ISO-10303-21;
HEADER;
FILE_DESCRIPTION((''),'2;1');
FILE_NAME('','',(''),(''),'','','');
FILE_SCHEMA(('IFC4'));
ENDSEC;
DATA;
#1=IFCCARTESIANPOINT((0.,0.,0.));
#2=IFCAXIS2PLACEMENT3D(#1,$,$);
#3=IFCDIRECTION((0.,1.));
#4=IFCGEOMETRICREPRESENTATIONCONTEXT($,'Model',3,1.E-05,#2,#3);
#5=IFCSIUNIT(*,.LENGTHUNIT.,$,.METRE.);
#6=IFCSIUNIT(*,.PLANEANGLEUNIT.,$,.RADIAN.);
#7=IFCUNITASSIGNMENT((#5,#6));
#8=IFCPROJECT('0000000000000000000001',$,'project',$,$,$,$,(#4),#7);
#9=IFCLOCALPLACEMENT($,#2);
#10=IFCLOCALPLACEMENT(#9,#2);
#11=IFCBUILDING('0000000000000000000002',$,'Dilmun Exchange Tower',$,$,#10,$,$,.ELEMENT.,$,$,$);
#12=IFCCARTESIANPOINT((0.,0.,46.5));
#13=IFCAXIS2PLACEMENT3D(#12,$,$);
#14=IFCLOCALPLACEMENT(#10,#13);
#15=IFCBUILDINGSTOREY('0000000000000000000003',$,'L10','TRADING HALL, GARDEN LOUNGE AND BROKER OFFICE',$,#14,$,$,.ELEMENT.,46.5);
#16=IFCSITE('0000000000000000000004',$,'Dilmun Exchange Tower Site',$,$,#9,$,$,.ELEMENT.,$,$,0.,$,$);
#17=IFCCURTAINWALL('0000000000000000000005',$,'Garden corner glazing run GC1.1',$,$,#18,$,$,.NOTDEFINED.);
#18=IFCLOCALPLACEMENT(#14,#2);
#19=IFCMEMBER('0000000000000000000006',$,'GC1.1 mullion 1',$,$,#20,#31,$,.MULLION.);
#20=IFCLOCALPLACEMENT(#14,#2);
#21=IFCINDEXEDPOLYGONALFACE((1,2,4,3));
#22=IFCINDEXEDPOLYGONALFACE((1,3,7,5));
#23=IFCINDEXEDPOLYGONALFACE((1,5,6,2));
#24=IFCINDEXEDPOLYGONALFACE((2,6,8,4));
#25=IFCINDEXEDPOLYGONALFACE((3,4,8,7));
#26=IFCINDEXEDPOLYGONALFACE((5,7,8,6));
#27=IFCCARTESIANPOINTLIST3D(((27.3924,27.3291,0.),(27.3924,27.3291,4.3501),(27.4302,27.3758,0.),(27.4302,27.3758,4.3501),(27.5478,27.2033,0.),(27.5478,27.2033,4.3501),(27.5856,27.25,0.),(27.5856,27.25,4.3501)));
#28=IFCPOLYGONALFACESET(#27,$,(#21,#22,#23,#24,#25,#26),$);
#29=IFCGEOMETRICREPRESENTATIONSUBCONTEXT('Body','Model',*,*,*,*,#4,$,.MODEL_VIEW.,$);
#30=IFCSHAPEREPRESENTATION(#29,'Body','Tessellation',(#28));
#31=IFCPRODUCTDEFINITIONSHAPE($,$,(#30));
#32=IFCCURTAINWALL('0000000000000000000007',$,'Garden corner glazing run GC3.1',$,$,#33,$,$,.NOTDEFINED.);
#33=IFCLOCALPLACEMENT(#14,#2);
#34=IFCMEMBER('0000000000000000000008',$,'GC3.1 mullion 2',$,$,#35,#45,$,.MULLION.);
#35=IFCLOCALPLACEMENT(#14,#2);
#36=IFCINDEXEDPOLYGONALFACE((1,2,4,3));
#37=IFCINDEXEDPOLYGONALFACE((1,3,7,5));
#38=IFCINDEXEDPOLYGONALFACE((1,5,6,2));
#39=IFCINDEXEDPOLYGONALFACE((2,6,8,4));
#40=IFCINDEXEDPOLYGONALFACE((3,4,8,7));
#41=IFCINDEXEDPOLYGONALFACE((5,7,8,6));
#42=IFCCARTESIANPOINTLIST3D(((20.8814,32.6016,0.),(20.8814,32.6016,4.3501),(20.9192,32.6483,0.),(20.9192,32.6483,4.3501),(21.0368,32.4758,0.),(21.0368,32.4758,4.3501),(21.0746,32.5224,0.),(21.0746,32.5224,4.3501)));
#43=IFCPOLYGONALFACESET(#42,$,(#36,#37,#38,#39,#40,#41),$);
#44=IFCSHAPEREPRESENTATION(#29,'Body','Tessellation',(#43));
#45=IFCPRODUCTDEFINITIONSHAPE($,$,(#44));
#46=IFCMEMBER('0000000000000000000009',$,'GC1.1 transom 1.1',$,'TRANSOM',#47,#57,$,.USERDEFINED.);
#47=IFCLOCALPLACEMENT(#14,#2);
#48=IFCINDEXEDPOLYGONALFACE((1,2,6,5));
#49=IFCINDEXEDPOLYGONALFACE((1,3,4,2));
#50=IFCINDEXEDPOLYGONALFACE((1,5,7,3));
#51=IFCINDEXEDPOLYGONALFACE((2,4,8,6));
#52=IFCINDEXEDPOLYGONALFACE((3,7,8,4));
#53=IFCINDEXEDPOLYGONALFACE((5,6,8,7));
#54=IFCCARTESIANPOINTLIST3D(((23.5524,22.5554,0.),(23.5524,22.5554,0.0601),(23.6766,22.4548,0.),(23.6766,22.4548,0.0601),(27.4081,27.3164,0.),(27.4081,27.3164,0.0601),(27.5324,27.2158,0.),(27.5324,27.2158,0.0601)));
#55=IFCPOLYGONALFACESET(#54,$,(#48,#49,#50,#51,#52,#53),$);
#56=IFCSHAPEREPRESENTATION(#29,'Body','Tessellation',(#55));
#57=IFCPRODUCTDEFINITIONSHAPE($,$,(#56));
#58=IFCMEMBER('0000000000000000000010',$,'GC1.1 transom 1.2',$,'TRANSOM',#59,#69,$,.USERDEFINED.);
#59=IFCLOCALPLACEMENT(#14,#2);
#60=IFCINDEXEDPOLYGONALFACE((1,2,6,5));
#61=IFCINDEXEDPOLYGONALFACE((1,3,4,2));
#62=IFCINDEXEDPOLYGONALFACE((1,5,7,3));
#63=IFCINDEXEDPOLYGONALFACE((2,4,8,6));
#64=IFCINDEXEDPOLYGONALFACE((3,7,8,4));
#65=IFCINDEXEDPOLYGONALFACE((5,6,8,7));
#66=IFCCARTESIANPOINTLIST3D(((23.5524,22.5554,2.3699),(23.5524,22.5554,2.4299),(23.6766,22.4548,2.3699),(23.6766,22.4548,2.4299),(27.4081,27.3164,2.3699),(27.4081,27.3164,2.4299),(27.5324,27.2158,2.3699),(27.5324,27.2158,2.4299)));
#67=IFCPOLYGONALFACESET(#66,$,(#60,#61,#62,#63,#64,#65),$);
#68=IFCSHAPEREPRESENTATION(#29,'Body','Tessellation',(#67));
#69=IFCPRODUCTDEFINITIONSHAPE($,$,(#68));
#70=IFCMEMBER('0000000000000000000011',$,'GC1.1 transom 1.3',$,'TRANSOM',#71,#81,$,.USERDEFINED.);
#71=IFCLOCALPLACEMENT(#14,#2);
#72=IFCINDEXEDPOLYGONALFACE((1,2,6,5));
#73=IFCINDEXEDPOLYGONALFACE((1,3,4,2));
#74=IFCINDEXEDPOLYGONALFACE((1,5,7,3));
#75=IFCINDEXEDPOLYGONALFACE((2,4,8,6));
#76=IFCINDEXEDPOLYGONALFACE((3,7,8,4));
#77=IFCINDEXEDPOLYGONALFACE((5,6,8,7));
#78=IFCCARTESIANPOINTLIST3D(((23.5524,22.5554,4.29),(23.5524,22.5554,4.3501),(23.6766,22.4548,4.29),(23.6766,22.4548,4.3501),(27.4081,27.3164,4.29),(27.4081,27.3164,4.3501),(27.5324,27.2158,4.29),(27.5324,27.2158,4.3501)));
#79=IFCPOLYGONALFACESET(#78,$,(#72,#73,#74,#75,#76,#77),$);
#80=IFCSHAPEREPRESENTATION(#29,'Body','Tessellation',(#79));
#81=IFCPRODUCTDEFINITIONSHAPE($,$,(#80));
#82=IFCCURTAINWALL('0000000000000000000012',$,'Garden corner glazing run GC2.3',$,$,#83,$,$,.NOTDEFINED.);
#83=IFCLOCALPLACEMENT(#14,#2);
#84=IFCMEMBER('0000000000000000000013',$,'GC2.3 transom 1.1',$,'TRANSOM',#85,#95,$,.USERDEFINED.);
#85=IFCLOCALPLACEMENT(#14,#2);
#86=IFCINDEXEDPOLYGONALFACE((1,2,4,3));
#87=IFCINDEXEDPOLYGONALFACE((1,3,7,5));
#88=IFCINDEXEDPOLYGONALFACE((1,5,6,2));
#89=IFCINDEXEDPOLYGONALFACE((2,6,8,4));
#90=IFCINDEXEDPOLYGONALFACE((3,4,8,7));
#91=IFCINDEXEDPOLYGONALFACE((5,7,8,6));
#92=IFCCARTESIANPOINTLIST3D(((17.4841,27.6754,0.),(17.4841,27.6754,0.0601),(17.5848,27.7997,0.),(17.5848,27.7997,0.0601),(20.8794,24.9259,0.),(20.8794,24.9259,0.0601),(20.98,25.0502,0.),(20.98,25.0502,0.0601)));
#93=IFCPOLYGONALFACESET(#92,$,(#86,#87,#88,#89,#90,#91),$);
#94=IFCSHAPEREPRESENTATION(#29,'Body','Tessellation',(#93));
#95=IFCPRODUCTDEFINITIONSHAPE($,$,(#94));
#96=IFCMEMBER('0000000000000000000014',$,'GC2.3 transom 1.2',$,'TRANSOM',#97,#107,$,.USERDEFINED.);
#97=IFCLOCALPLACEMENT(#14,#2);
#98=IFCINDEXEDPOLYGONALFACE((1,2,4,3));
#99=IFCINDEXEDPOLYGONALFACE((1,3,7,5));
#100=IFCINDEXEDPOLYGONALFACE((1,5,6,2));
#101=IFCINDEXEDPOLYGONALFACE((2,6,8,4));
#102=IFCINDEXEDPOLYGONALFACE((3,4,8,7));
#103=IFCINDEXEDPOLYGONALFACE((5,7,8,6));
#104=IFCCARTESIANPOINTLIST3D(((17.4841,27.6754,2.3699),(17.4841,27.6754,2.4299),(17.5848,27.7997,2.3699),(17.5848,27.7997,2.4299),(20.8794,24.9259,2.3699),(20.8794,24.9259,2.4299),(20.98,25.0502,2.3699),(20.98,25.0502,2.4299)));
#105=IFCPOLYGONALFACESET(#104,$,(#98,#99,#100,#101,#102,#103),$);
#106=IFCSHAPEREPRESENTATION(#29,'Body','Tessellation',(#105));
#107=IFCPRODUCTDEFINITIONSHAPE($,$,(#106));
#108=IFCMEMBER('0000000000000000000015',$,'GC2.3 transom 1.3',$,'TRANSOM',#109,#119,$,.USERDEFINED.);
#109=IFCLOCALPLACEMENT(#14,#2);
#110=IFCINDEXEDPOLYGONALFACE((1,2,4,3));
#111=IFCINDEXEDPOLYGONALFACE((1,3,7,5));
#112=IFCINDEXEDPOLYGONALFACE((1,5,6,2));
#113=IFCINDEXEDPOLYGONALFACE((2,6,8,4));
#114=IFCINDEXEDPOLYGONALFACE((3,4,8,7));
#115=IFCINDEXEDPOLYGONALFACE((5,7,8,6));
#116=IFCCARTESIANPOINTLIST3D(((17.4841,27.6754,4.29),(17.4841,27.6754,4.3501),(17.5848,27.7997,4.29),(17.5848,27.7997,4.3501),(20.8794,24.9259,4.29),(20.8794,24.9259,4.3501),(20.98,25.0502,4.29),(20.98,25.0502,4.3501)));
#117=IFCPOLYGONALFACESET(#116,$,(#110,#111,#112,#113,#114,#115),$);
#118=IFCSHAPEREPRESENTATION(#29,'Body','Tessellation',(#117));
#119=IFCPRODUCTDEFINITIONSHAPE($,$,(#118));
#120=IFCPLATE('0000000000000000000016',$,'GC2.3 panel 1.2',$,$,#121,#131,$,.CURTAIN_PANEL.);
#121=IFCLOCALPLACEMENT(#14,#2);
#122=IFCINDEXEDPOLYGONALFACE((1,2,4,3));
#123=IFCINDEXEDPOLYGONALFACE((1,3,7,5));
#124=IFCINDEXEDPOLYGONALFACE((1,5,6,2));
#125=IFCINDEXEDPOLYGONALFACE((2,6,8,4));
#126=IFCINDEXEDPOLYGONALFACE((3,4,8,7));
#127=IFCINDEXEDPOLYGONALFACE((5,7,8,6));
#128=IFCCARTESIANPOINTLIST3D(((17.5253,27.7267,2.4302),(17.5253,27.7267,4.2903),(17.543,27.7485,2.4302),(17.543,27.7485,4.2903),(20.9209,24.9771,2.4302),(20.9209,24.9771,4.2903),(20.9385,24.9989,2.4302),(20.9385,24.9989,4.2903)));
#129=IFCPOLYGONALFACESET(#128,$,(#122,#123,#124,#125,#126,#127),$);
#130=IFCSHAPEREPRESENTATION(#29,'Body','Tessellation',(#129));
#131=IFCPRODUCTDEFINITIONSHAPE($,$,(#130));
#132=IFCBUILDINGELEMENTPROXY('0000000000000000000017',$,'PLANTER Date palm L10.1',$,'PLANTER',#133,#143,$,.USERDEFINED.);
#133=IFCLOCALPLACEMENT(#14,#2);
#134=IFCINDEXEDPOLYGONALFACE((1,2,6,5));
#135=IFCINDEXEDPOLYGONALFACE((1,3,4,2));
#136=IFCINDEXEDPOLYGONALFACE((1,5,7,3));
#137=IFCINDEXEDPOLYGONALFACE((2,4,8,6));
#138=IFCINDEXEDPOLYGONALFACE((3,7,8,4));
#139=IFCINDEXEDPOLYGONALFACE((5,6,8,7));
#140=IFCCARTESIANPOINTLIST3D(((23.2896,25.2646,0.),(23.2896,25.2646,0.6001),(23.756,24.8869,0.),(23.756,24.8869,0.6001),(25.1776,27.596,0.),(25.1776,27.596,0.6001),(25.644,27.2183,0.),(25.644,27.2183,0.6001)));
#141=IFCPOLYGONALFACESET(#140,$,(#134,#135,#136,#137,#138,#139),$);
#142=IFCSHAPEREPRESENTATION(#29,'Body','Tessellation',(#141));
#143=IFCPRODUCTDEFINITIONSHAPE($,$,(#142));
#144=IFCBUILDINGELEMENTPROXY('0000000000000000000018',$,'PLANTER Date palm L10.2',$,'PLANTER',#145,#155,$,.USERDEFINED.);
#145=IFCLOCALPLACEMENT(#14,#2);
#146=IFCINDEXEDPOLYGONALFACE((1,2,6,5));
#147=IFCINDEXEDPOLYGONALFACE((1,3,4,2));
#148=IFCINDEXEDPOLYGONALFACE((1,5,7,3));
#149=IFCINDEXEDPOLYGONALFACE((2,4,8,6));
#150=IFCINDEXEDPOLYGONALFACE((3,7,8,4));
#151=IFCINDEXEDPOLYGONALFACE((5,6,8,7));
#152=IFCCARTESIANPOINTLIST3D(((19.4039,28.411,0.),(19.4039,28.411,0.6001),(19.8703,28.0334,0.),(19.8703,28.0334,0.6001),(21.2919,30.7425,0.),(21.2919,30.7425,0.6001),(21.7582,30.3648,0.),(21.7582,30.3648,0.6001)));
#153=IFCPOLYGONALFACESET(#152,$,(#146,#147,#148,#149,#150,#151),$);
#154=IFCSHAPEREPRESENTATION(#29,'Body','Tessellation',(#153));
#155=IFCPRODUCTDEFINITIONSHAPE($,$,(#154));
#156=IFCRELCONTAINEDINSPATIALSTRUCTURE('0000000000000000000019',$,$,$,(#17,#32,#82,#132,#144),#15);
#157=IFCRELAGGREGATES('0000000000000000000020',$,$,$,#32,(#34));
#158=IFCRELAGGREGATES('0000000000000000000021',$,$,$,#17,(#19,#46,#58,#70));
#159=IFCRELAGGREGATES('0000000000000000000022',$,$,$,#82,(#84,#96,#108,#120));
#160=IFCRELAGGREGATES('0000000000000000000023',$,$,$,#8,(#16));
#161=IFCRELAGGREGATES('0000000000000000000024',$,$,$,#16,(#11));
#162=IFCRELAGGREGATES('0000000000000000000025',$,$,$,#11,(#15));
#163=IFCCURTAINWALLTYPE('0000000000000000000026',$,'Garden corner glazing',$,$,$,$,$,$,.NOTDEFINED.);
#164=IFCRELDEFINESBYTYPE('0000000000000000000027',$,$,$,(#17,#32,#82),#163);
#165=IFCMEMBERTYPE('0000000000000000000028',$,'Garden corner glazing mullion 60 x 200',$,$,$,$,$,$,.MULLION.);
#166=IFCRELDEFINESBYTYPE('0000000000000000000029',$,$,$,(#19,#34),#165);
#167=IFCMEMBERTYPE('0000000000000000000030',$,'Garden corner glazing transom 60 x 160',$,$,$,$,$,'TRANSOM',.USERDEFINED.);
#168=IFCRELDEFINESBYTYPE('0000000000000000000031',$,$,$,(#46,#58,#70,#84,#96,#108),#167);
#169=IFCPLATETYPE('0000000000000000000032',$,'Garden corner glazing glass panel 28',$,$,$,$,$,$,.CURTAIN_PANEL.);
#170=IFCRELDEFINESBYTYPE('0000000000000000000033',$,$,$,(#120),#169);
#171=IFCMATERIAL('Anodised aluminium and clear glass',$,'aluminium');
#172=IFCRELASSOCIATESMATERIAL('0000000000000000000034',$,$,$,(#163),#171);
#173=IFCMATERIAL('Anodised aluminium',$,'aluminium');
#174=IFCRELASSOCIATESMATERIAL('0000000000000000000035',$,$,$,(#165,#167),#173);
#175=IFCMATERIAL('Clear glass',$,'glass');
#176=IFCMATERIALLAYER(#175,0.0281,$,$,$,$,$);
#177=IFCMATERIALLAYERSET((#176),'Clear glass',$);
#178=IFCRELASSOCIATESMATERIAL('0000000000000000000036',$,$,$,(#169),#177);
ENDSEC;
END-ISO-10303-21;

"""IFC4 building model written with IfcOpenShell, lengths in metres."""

from ifc_helpers import new_model, si_unit, direction, frame, origin, origin_2d, place, context, subcontext, project, spatial, rectangle, extrude, material, layer, layer_set, material_profile, profile_set, type_object, element, aggregate, save


model = new_model("IFC4")

# Units and contexts
model_context = context("Model", 3, precision=1e-05, world=origin(), true_north=direction((0.0, 1.0)))
body_context = subcontext(model_context, "Body", "Model", "MODEL_VIEW")
ifc_project = project(units=[si_unit("LENGTHUNIT", "METRE"), si_unit("PLANEANGLEUNIT", "RADIAN")], contexts=[model_context])

# Site, building, storey
site_placement = place(None, origin())
site = spatial("IfcSite", under=ifc_project, at=site_placement, Name="Dilmun Exchange Tower Site", CompositionType="ELEMENT", RefElevation=0.0)
building_placement = place(site_placement, origin())
building = spatial("IfcBuilding", under=site, at=building_placement, Name="Dilmun Exchange Tower", CompositionType="ELEMENT")
storey_placement = place(building_placement, frame((0.0, 0.0, 46.5)))
storey = spatial("IfcBuildingStorey", under=building, at=storey_placement, Name="L10", Description="TRADING HALL, GARDEN LOUNGE AND BROKER OFFICE", CompositionType="ELEMENT", Elevation=46.5)

# Curtain walls, members
ifc_material_1 = material(Name="Anodised aluminium and clear glass", Category="aluminium")
curtain_wall_type = type_object("IfcCurtainWallType", Name="Garden corner glazing", PredefinedType="NOTDEFINED", material=ifc_material_1)
curtain_wall_1_placement = place(storey_placement, origin())
curtain_wall_1 = element("IfcCurtainWall", 1, at=curtain_wall_1_placement, inside=storey, type_object=curtain_wall_type, Name="Garden corner glazing run GC1.1", PredefinedType="NOTDEFINED")
ifc_material_2 = material(Name="Anodised aluminium", Category="aluminium")
ifc_material_profile_1 = material_profile(ifc_material_2, rectangle(XDim=0.2, YDim=0.0601, at=origin_2d()), Name="AL 60x200")
ifc_profile_set_1 = profile_set([ifc_material_profile_1], Name="Anodised aluminium")
member_type_1 = type_object("IfcMemberType", Name="Garden corner glazing mullion 60 x 200", PredefinedType="MULLION", material=ifc_profile_set_1)
member_1_placement = place(storey_placement, frame((27.489, 27.2896, 0.0), z_axis=(0.0, 0.0, 1.0), x_axis=(0.777139, -0.629329, 0.0)))
member_1 = element("IfcMember", 2, at=member_1_placement, type_object=member_type_1, Name="GC1.1 mullion 1", PredefinedType="MULLION", context=body_context, shape_type="SweptSolid", body=[
    extrude(rectangle(XDim=0.2, YDim=0.0601, at=origin_2d()), origin(), (0.0, 0.0, 1.0), 4.3501),
])
curtain_wall_2_placement = place(storey_placement, origin())
curtain_wall_2 = element("IfcCurtainWall", 3, at=curtain_wall_2_placement, inside=storey, type_object=curtain_wall_type, Name="Garden corner glazing run GC3.1", PredefinedType="NOTDEFINED")
member_2_placement = place(storey_placement, frame((20.978, 32.562, 0.0), z_axis=(0.0, 0.0, 1.0), x_axis=(-0.777147, 0.629319, 0.0)))
member_2 = element("IfcMember", 4, at=member_2_placement, type_object=member_type_1, Name="GC3.1 mullion 2", PredefinedType="MULLION", context=body_context, shape_type="SweptSolid", body=[
    extrude(rectangle(XDim=0.2, YDim=0.0601, at=origin_2d()), origin(), (0.0, 0.0, 1.0), 4.3501),
])
aggregate(curtain_wall_2, [member_2])

# Members
ifc_material_profile_2 = material_profile(ifc_material_2, rectangle(XDim=0.1599, YDim=0.0601, at=origin_2d()), Name="AL 60x160")
ifc_profile_set_2 = profile_set([ifc_material_profile_2], Name="Anodised aluminium")
member_type_2 = type_object("IfcMemberType", Name="Garden corner glazing transom 60 x 160", ElementType="TRANSOM", PredefinedType="USERDEFINED", material=ifc_profile_set_2)
member_3_placement = place(storey_placement, frame((27.4702, 27.2661, 0.03), z_axis=(-0.629354, -0.777119, 0.0), x_axis=(0.777119, -0.629354, 0.0)))
member_3 = element("IfcMember", 5, at=member_3_placement, type_object=member_type_2, Name="GC1.1 transom 1.1", ObjectType="TRANSOM", PredefinedType="USERDEFINED", context=body_context, shape_type="SweptSolid", body=[
    extrude(rectangle(XDim=0.1599, YDim=0.0601, at=origin_2d()), origin(), (0.0, 0.0, 1.0), 6.1265),
])
member_4_placement = place(storey_placement, frame((27.4702, 27.2661, 2.3999), z_axis=(-0.629354, -0.777119, 0.0), x_axis=(0.777119, -0.629354, 0.0)))
member_4 = element("IfcMember", 6, at=member_4_placement, type_object=member_type_2, Name="GC1.1 transom 1.2", ObjectType="TRANSOM", PredefinedType="USERDEFINED", context=body_context, shape_type="SweptSolid", body=[
    extrude(rectangle(XDim=0.1599, YDim=0.0601, at=origin_2d()), origin(), (0.0, 0.0, 1.0), 6.1265),
])
member_5_placement = place(storey_placement, frame((27.4702, 27.2661, 4.3201), z_axis=(-0.629354, -0.777119, 0.0), x_axis=(0.777119, -0.629354, 0.0)))
member_5 = element("IfcMember", 7, at=member_5_placement, type_object=member_type_2, Name="GC1.1 transom 1.3", ObjectType="TRANSOM", PredefinedType="USERDEFINED", context=body_context, shape_type="SweptSolid", body=[
    extrude(rectangle(XDim=0.1599, YDim=0.0601, at=origin_2d()), origin(), (0.0, 0.0, 1.0), 6.1265),
])
aggregate(curtain_wall_1, [member_1, member_3, member_4, member_5])

# Curtain wall, members, plate
curtain_wall_3_placement = place(storey_placement, origin())
curtain_wall_3 = element("IfcCurtainWall", 8, at=curtain_wall_3_placement, inside=storey, type_object=curtain_wall_type, Name="Garden corner glazing run GC2.3", PredefinedType="NOTDEFINED")
member_6_placement = place(storey_placement, frame((20.9297, 24.988, 0.03), z_axis=(-0.777137, 0.629332, 0.0), x_axis=(-0.629332, -0.777137, 0.0)))
member_6 = element("IfcMember", 9, at=member_6_placement, type_object=member_type_2, Name="GC2.3 transom 1.1", ObjectType="TRANSOM", PredefinedType="USERDEFINED", context=body_context, shape_type="SweptSolid", body=[
    extrude(rectangle(XDim=0.1599, YDim=0.0601, at=origin_2d()), origin(), (0.0, 0.0, 1.0), 4.3689),
])
member_7_placement = place(storey_placement, frame((20.9297, 24.988, 2.3999), z_axis=(-0.777137, 0.629332, 0.0), x_axis=(-0.629332, -0.777137, 0.0)))
member_7 = element("IfcMember", 10, at=member_7_placement, type_object=member_type_2, Name="GC2.3 transom 1.2", ObjectType="TRANSOM", PredefinedType="USERDEFINED", context=body_context, shape_type="SweptSolid", body=[
    extrude(rectangle(XDim=0.1599, YDim=0.0601, at=origin_2d()), origin(), (0.0, 0.0, 1.0), 4.3689),
])
member_8_placement = place(storey_placement, frame((20.9297, 24.988, 4.3201), z_axis=(-0.777137, 0.629332, 0.0), x_axis=(-0.629332, -0.777137, 0.0)))
member_8 = element("IfcMember", 11, at=member_8_placement, type_object=member_type_2, Name="GC2.3 transom 1.3", ObjectType="TRANSOM", PredefinedType="USERDEFINED", context=body_context, shape_type="SweptSolid", body=[
    extrude(rectangle(XDim=0.1599, YDim=0.0601, at=origin_2d()), origin(), (0.0, 0.0, 1.0), 4.3689),
])
ifc_material_3 = material(Name="Clear glass", Category="glass")
ifc_layer_1 = layer(ifc_material_3, 0.0281)
ifc_layer_set_1 = layer_set([ifc_layer_1], Name="Clear glass")
plate_type = type_object("IfcPlateType", Name="Garden corner glazing glass panel 28", PredefinedType="CURTAIN_PANEL", material=ifc_layer_set_1)
plate_placement = place(storey_placement, frame((19.2319, 26.3628, 2.4302), z_axis=(0.0, 0.0, 1.0), x_axis=(-0.777156, 0.629308, 0.0)))
plate = element("IfcPlate", 12, at=plate_placement, type_object=plate_type, Name="GC2.3 panel 1.2", PredefinedType="CURTAIN_PANEL", context=body_context, shape_type="SweptSolid", body=[
    extrude(rectangle(XDim=4.3691, YDim=0.0281, at=origin_2d()), origin(), (0.0, 0.0, 1.0), 1.8601),
])
aggregate(curtain_wall_3, [member_6, member_7, member_8, plate])

# Building element proxies
for number, where, z_axis, x_axis, name in (
    (13, (24.4668, 26.2415, 0.0), (0.0, 0.0, 1.0), (0.62932, 0.777146, 0.0), "PLANTER Date palm L10.1"),
    (14, (20.5811, 29.3879, 0.0), (0.0, 0.0, 1.0), (0.62932, 0.777146, 0.0), "PLANTER Date palm L10.2"),
):
    element("IfcBuildingElementProxy", number, at=place(storey_placement, frame(where, z_axis=z_axis, x_axis=x_axis)), inside=storey, Name=name, ObjectType="PLANTER", PredefinedType="USERDEFINED", context=body_context, shape_type="SweptSolid", body=[
        extrude(rectangle(XDim=3.0, YDim=0.6001, at=origin_2d()), origin(), (0.0, 0.0, 1.0), 0.6001),
    ])

save(model, "model.ifc")
